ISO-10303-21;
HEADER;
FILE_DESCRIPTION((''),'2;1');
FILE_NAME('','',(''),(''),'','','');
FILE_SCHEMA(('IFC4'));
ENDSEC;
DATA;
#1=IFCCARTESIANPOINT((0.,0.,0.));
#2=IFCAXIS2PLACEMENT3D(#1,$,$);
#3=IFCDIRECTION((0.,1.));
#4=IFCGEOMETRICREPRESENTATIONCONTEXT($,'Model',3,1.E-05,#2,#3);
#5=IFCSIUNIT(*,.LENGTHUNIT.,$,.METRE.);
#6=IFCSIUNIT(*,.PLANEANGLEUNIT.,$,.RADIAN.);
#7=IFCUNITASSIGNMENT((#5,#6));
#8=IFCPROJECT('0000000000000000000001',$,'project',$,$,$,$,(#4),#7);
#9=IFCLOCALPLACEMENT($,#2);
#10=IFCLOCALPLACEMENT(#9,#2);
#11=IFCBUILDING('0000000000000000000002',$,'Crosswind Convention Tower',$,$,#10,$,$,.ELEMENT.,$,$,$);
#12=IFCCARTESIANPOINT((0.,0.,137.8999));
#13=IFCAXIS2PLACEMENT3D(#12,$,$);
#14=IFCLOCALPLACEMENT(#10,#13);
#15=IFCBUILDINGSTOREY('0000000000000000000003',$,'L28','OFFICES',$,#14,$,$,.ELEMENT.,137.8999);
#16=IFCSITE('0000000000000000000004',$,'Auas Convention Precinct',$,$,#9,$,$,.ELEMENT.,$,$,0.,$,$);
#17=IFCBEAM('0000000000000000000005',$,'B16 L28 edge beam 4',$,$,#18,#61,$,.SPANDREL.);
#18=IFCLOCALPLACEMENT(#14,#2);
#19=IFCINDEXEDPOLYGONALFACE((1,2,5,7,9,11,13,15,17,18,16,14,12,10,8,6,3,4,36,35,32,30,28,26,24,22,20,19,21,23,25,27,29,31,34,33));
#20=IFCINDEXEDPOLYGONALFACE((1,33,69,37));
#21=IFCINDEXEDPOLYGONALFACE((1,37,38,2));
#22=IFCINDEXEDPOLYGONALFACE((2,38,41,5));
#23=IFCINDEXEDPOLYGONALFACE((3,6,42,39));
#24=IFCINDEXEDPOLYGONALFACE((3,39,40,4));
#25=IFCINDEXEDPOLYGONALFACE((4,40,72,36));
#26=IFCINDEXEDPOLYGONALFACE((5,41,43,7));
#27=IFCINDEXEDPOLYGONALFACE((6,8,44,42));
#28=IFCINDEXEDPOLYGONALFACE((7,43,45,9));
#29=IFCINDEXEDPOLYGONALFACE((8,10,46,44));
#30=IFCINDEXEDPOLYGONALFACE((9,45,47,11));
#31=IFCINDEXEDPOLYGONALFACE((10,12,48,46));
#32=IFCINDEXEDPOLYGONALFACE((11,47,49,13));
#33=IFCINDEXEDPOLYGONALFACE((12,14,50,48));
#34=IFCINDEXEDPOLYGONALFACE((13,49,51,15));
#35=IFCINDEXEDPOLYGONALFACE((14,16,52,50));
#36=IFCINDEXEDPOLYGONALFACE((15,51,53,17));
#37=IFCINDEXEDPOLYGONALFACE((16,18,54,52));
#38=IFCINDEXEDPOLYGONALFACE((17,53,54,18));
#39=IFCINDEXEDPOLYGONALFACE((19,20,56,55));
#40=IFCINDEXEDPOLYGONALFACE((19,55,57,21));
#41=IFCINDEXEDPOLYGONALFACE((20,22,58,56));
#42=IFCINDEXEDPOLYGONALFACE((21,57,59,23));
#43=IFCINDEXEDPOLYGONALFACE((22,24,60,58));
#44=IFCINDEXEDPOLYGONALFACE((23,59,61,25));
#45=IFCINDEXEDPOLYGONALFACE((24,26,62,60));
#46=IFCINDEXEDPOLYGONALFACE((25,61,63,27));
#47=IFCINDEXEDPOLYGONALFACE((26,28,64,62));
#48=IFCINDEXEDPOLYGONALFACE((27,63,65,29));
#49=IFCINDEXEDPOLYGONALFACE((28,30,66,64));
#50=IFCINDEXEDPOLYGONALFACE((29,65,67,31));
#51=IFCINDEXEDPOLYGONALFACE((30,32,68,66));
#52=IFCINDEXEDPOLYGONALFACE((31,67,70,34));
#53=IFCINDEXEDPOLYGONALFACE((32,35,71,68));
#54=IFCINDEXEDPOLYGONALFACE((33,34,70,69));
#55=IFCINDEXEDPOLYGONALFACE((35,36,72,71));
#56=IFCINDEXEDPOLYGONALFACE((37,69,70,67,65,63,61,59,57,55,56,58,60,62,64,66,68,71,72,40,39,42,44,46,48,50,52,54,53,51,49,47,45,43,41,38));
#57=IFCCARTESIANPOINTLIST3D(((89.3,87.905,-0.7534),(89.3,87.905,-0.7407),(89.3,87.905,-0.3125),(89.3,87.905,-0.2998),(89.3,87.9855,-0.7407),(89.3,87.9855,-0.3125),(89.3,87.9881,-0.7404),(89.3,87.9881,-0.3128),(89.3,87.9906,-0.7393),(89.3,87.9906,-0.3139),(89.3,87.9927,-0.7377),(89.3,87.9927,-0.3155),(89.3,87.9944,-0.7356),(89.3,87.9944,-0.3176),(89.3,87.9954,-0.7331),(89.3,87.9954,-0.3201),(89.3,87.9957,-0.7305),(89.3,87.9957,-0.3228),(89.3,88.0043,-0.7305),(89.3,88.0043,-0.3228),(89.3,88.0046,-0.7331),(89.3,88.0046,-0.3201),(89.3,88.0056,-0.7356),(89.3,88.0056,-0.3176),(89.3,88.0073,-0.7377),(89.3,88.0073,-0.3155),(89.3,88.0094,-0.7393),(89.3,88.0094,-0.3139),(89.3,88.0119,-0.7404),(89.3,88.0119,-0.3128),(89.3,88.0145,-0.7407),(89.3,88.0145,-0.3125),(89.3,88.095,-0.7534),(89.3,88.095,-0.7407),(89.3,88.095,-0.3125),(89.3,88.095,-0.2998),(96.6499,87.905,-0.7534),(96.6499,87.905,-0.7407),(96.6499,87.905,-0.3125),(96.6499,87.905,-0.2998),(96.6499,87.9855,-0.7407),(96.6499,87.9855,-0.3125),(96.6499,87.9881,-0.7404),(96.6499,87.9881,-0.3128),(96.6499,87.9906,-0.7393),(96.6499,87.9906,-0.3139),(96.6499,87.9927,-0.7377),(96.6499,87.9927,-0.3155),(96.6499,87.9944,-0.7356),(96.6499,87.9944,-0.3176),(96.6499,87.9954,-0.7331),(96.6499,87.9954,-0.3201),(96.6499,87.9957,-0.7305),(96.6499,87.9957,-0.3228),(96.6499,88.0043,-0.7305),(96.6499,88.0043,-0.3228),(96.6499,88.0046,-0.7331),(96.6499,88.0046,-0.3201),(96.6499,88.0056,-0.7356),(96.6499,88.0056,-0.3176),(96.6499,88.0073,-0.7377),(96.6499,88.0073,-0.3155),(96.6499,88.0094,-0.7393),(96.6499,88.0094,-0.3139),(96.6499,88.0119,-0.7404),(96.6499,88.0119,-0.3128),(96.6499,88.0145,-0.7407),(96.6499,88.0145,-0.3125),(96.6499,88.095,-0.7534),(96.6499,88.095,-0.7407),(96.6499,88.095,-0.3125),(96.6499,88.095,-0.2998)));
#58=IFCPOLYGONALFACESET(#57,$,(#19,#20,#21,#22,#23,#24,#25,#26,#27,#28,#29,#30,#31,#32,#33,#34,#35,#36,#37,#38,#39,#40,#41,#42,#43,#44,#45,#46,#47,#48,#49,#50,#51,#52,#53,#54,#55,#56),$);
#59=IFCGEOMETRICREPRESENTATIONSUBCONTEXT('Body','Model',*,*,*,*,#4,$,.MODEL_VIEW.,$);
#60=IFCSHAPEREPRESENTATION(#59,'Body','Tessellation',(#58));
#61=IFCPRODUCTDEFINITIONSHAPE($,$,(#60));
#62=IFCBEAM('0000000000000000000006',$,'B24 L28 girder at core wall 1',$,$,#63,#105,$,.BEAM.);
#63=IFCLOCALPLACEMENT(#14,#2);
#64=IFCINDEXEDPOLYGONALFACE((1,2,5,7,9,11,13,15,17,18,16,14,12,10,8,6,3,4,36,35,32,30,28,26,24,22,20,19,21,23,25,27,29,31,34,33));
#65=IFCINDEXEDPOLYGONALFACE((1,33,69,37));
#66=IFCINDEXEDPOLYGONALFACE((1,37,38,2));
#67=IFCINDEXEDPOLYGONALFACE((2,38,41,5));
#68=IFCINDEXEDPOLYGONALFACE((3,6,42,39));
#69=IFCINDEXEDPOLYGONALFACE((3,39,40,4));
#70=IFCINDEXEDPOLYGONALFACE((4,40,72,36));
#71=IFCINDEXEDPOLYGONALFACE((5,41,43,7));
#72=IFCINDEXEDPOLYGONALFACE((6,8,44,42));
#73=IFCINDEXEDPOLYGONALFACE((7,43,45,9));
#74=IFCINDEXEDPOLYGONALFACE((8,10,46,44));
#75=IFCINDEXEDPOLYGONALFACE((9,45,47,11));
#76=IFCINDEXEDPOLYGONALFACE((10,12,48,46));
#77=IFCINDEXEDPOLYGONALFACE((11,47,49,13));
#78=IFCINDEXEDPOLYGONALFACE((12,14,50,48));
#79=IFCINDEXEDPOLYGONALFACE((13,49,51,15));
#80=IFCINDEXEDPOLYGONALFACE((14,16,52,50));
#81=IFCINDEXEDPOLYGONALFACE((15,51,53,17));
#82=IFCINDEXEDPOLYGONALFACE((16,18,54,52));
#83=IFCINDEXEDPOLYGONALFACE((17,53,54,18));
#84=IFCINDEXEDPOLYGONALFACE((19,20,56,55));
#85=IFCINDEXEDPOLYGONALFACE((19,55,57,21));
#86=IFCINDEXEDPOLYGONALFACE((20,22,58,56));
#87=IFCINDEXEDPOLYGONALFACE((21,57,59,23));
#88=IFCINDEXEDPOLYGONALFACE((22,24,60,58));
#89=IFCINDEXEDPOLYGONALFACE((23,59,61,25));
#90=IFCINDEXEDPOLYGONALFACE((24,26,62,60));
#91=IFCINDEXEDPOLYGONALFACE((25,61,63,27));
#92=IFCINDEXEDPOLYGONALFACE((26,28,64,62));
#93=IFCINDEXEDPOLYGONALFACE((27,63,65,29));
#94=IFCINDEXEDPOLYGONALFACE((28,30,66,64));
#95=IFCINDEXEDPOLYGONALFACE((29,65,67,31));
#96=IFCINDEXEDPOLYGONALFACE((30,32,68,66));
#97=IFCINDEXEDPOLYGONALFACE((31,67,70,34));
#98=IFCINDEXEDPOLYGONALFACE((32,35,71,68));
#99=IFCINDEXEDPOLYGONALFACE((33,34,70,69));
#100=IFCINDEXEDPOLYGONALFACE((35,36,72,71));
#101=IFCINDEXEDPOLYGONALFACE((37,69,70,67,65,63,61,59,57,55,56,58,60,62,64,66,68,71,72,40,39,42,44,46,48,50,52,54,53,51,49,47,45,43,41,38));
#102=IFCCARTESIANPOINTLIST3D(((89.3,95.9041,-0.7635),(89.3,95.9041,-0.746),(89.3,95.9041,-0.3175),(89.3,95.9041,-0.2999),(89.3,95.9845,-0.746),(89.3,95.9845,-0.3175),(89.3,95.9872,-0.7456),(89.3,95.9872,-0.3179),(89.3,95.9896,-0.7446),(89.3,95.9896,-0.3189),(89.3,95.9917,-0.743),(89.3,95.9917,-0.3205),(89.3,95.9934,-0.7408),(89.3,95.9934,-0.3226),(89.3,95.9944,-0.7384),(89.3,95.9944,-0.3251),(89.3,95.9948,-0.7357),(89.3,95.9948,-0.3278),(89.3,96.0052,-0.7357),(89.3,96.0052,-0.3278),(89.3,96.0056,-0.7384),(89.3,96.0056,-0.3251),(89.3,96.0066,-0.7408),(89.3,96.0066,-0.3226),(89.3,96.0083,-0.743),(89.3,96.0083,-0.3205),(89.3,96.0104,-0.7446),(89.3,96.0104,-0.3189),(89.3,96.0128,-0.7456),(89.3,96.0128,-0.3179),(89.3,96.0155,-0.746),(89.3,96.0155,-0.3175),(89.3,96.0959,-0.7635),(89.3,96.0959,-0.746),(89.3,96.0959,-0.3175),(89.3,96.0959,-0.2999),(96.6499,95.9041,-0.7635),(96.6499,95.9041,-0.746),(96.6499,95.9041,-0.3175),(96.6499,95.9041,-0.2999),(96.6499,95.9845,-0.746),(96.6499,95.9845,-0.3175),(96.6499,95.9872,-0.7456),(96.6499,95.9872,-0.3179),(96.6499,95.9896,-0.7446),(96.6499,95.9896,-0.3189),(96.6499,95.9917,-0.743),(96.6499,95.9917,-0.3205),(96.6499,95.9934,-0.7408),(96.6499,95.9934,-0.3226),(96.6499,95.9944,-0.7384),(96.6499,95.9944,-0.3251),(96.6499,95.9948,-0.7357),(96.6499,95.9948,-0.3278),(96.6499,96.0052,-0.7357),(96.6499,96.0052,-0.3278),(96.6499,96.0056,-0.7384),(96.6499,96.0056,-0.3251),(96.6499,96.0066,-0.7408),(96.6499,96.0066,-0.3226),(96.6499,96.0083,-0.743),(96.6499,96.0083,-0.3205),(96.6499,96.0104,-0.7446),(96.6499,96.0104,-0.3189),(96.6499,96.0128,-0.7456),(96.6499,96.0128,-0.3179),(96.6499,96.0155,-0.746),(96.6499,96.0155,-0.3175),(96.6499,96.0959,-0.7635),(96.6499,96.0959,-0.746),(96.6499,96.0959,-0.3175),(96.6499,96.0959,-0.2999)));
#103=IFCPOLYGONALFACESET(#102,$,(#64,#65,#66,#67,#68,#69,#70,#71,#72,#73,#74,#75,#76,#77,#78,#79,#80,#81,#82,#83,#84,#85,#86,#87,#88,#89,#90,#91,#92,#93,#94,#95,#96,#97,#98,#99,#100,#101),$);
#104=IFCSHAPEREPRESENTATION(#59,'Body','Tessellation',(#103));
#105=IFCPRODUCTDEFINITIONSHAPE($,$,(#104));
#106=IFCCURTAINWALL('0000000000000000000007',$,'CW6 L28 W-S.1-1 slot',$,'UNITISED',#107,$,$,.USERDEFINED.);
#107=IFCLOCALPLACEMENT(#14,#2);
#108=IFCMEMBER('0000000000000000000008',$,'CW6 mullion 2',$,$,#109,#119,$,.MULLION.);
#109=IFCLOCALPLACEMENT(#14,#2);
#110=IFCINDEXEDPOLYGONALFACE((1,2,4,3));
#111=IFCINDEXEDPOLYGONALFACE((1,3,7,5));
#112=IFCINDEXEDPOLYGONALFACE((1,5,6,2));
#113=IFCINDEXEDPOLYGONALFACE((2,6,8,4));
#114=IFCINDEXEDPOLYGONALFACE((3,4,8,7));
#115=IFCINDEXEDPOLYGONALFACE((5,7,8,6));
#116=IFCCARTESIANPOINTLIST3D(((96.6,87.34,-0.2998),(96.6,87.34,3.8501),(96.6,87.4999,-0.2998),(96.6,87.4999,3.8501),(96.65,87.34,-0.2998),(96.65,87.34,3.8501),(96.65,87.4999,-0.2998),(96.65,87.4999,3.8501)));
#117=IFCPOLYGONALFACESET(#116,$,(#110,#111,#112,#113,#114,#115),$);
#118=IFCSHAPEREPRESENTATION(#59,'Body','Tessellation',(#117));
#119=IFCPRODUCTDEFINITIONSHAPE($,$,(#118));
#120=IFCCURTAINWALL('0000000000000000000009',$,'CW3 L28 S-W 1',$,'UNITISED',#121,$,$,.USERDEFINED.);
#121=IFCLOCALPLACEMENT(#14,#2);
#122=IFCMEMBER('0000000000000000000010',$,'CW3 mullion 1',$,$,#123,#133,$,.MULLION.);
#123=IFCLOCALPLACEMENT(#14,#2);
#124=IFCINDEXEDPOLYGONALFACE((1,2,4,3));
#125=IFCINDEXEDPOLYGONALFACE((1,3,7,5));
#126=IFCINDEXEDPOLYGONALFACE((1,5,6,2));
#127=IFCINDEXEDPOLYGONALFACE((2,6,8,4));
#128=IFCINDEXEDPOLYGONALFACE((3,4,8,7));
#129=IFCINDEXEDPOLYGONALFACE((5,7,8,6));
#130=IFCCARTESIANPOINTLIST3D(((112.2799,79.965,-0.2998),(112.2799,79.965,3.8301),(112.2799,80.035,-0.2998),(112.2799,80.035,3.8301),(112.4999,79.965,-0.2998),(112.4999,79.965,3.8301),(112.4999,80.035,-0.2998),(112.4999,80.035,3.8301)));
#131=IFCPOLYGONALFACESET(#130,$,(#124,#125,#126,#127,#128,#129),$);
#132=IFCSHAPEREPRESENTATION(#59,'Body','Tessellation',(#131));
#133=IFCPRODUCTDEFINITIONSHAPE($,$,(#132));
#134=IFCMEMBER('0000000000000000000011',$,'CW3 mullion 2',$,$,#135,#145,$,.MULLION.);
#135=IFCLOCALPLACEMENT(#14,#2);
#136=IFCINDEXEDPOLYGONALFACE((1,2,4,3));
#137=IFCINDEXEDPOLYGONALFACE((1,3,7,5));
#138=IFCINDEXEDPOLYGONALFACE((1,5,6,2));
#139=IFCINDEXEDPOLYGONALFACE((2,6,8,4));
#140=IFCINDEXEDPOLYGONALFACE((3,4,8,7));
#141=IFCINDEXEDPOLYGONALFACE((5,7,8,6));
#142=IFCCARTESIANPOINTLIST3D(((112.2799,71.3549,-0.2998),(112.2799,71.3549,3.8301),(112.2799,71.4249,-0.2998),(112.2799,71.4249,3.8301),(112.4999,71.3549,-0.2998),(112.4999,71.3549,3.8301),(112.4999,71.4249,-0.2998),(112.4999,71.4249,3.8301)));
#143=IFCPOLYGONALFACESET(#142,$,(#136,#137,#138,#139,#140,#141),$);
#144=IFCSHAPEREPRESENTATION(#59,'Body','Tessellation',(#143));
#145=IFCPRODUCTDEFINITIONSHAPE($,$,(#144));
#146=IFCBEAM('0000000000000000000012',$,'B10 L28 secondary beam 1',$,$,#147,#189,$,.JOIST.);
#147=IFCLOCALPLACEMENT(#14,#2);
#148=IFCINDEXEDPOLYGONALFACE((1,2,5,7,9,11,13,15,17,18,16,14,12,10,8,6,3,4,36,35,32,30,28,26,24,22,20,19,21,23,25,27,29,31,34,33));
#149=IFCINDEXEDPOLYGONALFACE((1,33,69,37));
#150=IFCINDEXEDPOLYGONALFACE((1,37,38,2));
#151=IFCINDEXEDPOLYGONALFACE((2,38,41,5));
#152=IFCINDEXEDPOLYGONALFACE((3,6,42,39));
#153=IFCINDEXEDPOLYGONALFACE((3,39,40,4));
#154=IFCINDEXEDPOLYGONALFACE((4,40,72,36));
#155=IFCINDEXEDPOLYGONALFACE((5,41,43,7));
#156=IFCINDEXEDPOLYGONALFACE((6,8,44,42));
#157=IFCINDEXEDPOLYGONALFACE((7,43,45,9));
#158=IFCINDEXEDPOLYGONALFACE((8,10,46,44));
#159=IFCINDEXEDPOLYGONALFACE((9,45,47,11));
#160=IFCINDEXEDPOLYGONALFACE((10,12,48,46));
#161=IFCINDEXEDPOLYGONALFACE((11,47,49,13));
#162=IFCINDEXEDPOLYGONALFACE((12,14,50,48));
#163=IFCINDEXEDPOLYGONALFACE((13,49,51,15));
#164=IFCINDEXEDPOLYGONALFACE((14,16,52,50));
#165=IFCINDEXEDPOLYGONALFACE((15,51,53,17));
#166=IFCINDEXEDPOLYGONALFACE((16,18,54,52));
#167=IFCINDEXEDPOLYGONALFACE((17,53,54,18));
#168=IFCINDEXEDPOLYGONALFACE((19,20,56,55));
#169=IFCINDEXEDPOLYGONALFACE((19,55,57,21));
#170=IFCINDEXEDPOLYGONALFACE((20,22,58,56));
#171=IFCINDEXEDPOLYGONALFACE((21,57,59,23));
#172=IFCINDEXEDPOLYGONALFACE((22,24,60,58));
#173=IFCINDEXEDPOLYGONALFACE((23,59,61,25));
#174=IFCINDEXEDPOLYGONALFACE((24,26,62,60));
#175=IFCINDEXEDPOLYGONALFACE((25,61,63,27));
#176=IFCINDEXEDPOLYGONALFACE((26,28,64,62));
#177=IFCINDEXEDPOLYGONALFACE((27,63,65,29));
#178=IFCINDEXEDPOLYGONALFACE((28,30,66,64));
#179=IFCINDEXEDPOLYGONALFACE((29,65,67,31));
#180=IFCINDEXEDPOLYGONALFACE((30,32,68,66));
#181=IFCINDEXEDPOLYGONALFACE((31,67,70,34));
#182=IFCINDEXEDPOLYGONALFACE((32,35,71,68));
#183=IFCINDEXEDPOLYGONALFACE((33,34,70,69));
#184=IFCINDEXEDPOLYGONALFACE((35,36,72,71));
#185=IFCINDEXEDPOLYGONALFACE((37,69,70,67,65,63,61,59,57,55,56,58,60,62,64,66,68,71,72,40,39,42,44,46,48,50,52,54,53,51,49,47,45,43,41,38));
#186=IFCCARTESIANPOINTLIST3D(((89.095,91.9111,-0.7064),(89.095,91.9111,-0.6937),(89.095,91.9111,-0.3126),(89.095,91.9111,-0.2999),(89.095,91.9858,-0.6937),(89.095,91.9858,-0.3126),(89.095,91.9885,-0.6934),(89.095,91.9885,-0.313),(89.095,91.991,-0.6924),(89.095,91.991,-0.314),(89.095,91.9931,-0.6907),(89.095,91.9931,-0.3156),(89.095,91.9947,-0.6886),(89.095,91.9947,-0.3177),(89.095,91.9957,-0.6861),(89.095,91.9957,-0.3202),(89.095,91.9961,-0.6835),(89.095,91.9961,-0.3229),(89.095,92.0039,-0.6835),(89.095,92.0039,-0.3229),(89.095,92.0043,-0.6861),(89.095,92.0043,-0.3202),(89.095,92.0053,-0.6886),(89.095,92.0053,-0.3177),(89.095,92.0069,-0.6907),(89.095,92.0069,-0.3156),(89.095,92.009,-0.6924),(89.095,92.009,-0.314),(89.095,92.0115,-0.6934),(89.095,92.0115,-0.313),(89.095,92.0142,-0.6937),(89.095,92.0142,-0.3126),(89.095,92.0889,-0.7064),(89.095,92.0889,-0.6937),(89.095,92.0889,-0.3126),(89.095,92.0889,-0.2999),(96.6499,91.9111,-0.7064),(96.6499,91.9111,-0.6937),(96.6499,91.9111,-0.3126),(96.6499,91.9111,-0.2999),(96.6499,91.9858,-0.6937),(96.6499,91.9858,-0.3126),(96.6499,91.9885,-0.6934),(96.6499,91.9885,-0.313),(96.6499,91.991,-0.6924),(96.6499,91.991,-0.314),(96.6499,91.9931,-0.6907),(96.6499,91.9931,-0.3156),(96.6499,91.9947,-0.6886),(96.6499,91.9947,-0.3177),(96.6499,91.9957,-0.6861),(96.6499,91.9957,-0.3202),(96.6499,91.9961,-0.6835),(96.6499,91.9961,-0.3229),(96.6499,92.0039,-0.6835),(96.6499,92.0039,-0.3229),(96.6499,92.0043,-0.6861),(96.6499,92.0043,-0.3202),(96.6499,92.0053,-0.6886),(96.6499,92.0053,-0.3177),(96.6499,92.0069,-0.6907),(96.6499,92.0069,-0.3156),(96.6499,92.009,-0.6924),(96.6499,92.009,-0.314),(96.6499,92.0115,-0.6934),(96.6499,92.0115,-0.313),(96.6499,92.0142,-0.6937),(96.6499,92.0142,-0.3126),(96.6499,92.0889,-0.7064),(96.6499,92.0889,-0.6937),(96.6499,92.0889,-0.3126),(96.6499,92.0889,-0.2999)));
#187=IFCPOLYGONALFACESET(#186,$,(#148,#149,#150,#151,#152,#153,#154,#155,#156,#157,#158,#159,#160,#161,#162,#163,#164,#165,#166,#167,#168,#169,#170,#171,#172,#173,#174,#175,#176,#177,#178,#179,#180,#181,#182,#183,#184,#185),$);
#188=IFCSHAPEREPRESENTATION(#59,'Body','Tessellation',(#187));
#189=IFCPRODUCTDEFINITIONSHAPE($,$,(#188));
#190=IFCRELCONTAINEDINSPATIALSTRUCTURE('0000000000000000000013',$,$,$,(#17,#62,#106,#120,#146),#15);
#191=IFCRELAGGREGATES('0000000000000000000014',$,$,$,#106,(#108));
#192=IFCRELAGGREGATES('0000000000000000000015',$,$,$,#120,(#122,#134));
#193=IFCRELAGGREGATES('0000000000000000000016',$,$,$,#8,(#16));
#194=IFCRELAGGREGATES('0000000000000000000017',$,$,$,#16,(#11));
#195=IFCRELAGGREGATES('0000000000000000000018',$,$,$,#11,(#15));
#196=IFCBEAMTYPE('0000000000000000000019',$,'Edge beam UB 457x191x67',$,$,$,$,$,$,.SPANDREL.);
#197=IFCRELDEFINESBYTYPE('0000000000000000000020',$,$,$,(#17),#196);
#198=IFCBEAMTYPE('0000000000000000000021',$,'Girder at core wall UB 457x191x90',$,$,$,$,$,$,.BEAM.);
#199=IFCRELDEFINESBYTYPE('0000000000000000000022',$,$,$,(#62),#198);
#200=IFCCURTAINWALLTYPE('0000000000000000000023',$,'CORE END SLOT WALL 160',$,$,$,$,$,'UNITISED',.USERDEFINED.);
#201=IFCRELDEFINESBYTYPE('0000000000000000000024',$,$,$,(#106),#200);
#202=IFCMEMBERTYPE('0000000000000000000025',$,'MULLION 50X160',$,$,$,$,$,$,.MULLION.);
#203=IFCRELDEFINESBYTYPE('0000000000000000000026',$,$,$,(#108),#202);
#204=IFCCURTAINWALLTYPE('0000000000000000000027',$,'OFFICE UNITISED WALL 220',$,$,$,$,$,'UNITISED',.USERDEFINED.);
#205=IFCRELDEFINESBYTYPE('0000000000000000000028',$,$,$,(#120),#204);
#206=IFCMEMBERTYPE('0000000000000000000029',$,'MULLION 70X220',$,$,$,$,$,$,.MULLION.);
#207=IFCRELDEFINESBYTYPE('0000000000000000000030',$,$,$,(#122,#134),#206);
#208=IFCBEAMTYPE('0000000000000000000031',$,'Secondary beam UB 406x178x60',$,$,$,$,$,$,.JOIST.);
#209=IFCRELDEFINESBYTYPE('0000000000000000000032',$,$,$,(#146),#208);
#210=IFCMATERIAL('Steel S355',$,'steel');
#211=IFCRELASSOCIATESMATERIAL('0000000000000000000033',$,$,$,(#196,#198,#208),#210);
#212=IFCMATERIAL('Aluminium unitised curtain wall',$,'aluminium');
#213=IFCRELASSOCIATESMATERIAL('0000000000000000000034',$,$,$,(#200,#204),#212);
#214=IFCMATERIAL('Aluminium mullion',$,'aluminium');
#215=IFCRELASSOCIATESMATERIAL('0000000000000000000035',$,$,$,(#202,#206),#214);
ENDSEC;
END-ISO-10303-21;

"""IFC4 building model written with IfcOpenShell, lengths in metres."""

from ifc_helpers import new_model, si_unit, direction, frame, origin, origin_2d, place, context, subcontext, project, spatial, rectangle, i_section, extrude, material, material_profile, profile_set, type_object, element, aggregate, save


model = new_model("IFC4")

# Units and contexts
model_context = context("Model", 3, precision=1e-05, world=origin(), true_north=direction((0.0, 1.0)))
body_context = subcontext(model_context, "Body", "Model", "MODEL_VIEW")
ifc_project = project(units=[si_unit("LENGTHUNIT", "METRE"), si_unit("PLANEANGLEUNIT", "RADIAN")], contexts=[model_context])

# Site, building, storey
site_placement = place(None, origin())
site = spatial("IfcSite", under=ifc_project, at=site_placement, Name="Auas Convention Precinct", CompositionType="ELEMENT", RefElevation=0.0)
building_placement = place(site_placement, origin())
building = spatial("IfcBuilding", under=site, at=building_placement, Name="Crosswind Convention Tower", CompositionType="ELEMENT")
storey_placement = place(building_placement, frame((0.0, 0.0, 137.8999)))
storey = spatial("IfcBuildingStorey", under=building, at=storey_placement, Name="L28", Description="OFFICES", CompositionType="ELEMENT", Elevation=137.8999)

# Beams
ifc_material_1 = material(Name="Steel S355", Category="steel")
ifc_material_profile_1 = material_profile(ifc_material_1, i_section(OverallWidth=0.1899, OverallDepth=0.4536, WebThickness=0.0085, FlangeThickness=0.0127, FilletRadius=0.0103, at=origin_2d()), Name="UB 457x191x67")
ifc_profile_set_1 = profile_set([ifc_material_profile_1], Name="Steel S355")
beam_type_1 = type_object("IfcBeamType", Name="Edge beam UB 457x191x67", PredefinedType="SPANDREL", material=ifc_profile_set_1)
beam_1_placement = place(storey_placement, frame((89.3, 88.0, -0.5266), z_axis=(1.0, 0.0, 0.0), x_axis=(0.0, 1.0, 0.0)))
element("IfcBeam", 1, at=beam_1_placement, inside=storey, type_object=beam_type_1, Name="B16 L28 edge beam 4", PredefinedType="SPANDREL", context=body_context, shape_type="SweptSolid", body=[
    extrude(i_section(OverallWidth=0.1899, OverallDepth=0.4536, WebThickness=0.0085, FlangeThickness=0.0127, FilletRadius=0.0103, at=origin_2d()), origin(), (0.0, 0.0, 1.0), 7.3499),
])
ifc_material_profile_2 = material_profile(ifc_material_1, i_section(OverallWidth=0.1919, OverallDepth=0.4636, WebThickness=0.0105, FlangeThickness=0.0176, FilletRadius=0.0103, at=origin_2d()), Name="UB 457x191x90")
ifc_profile_set_2 = profile_set([ifc_material_profile_2], Name="Steel S355")
beam_type_2 = type_object("IfcBeamType", Name="Girder at core wall UB 457x191x90", PredefinedType="BEAM", material=ifc_profile_set_2)
beam_2_placement = place(storey_placement, frame((89.3, 96.0, -0.5317), z_axis=(1.0, 0.0, 0.0), x_axis=(0.0, 1.0, 0.0)))
element("IfcBeam", 2, at=beam_2_placement, inside=storey, type_object=beam_type_2, Name="B24 L28 girder at core wall 1", PredefinedType="BEAM", context=body_context, shape_type="SweptSolid", body=[
    extrude(i_section(OverallWidth=0.1919, OverallDepth=0.4636, WebThickness=0.0105, FlangeThickness=0.0176, FilletRadius=0.0103, at=origin_2d()), origin(), (0.0, 0.0, 1.0), 7.3499),
])

# Curtain wall, member
ifc_material_2 = material(Name="Aluminium unitised curtain wall", Category="aluminium")
curtain_wall_type_1 = type_object("IfcCurtainWallType", Name="CORE END SLOT WALL 160", ElementType="UNITISED", PredefinedType="USERDEFINED", material=ifc_material_2)
curtain_wall_1_placement = place(storey_placement, origin())
curtain_wall_1 = element("IfcCurtainWall", 3, at=curtain_wall_1_placement, inside=storey, type_object=curtain_wall_type_1, Name="CW6 L28 W-S.1-1 slot", ObjectType="UNITISED", PredefinedType="USERDEFINED")
ifc_material_3 = material(Name="Aluminium mullion", Category="aluminium")
ifc_material_profile_3 = material_profile(ifc_material_3, rectangle(XDim=0.1599, YDim=0.05, at=origin_2d()), Name="AL 160X50")
ifc_profile_set_3 = profile_set([ifc_material_profile_3], Name="Aluminium mullion")
member_type_1 = type_object("IfcMemberType", Name="MULLION 50X160", PredefinedType="MULLION", material=ifc_profile_set_3)
member_1_placement = place(storey_placement, frame((96.625, 87.4199, -0.2998), z_axis=(0.0, 0.0, 1.0), x_axis=(0.0, -1.0, 0.0)))
member_1 = element("IfcMember", 4, at=member_1_placement, type_object=member_type_1, Name="CW6 mullion 2", PredefinedType="MULLION", context=body_context, shape_type="SweptSolid", body=[
    extrude(rectangle(XDim=0.1599, YDim=0.05, at=origin_2d()), origin(), (0.0, 0.0, 1.0), 4.1499),
])
aggregate(curtain_wall_1, [member_1])

# Curtain wall, members
curtain_wall_type_2 = type_object("IfcCurtainWallType", Name="OFFICE UNITISED WALL 220", ElementType="UNITISED", PredefinedType="USERDEFINED", material=ifc_material_2)
curtain_wall_2_placement = place(storey_placement, origin())
curtain_wall_2 = element("IfcCurtainWall", 5, at=curtain_wall_2_placement, inside=storey, type_object=curtain_wall_type_2, Name="CW3 L28 S-W 1", ObjectType="UNITISED", PredefinedType="USERDEFINED")
ifc_material_profile_4 = material_profile(ifc_material_3, rectangle(XDim=0.22, YDim=0.0701, at=origin_2d()), Name="AL 220X70")
ifc_profile_set_4 = profile_set([ifc_material_profile_4], Name="Aluminium mullion")
member_type_2 = type_object("IfcMemberType", Name="MULLION 70X220", PredefinedType="MULLION", material=ifc_profile_set_4)
member_2_placement = place(storey_placement, frame((112.3899, 80.0, -0.2998), z_axis=(0.0, 0.0, 1.0), x_axis=(-1.0, 0.0, 0.0)))
member_2 = element("IfcMember", 6, at=member_2_placement, type_object=member_type_2, Name="CW3 mullion 1", PredefinedType="MULLION", context=body_context, shape_type="SweptSolid", body=[
    extrude(rectangle(XDim=0.22, YDim=0.0701, at=origin_2d()), origin(), (0.0, 0.0, 1.0), 4.1299),
])
member_3_placement = place(storey_placement, frame((112.3899, 71.3899, -0.2998), z_axis=(0.0, 0.0, 1.0), x_axis=(-1.0, 0.0, 0.0)))
member_3 = element("IfcMember", 7, at=member_3_placement, type_object=member_type_2, Name="CW3 mullion 2", PredefinedType="MULLION", context=body_context, shape_type="SweptSolid", body=[
    extrude(rectangle(XDim=0.22, YDim=0.0701, at=origin_2d()), origin(), (0.0, 0.0, 1.0), 4.1299),
])

# Beam
ifc_material_profile_5 = material_profile(ifc_material_1, i_section(OverallWidth=0.1777, OverallDepth=0.4065, WebThickness=0.0078, FlangeThickness=0.0127, FilletRadius=0.0103, at=origin_2d()), Name="UB 406x178x60")
ifc_profile_set_5 = profile_set([ifc_material_profile_5], Name="Steel S355")
beam_type_3 = type_object("IfcBeamType", Name="Secondary beam UB 406x178x60", PredefinedType="JOIST", material=ifc_profile_set_5)
beam_3_placement = place(storey_placement, frame((89.095, 92.0, -0.5032), z_axis=(1.0, 0.0, 0.0), x_axis=(0.0, 1.0, 0.0)))
element("IfcBeam", 8, at=beam_3_placement, inside=storey, type_object=beam_type_3, Name="B10 L28 secondary beam 1", PredefinedType="JOIST", context=body_context, shape_type="SweptSolid", body=[
    extrude(i_section(OverallWidth=0.1777, OverallDepth=0.4065, WebThickness=0.0078, FlangeThickness=0.0127, FilletRadius=0.0103, at=origin_2d()), origin(), (0.0, 0.0, 1.0), 7.5549),
])

aggregate(curtain_wall_2, [member_2, member_3])

save(model, "model.ifc")
